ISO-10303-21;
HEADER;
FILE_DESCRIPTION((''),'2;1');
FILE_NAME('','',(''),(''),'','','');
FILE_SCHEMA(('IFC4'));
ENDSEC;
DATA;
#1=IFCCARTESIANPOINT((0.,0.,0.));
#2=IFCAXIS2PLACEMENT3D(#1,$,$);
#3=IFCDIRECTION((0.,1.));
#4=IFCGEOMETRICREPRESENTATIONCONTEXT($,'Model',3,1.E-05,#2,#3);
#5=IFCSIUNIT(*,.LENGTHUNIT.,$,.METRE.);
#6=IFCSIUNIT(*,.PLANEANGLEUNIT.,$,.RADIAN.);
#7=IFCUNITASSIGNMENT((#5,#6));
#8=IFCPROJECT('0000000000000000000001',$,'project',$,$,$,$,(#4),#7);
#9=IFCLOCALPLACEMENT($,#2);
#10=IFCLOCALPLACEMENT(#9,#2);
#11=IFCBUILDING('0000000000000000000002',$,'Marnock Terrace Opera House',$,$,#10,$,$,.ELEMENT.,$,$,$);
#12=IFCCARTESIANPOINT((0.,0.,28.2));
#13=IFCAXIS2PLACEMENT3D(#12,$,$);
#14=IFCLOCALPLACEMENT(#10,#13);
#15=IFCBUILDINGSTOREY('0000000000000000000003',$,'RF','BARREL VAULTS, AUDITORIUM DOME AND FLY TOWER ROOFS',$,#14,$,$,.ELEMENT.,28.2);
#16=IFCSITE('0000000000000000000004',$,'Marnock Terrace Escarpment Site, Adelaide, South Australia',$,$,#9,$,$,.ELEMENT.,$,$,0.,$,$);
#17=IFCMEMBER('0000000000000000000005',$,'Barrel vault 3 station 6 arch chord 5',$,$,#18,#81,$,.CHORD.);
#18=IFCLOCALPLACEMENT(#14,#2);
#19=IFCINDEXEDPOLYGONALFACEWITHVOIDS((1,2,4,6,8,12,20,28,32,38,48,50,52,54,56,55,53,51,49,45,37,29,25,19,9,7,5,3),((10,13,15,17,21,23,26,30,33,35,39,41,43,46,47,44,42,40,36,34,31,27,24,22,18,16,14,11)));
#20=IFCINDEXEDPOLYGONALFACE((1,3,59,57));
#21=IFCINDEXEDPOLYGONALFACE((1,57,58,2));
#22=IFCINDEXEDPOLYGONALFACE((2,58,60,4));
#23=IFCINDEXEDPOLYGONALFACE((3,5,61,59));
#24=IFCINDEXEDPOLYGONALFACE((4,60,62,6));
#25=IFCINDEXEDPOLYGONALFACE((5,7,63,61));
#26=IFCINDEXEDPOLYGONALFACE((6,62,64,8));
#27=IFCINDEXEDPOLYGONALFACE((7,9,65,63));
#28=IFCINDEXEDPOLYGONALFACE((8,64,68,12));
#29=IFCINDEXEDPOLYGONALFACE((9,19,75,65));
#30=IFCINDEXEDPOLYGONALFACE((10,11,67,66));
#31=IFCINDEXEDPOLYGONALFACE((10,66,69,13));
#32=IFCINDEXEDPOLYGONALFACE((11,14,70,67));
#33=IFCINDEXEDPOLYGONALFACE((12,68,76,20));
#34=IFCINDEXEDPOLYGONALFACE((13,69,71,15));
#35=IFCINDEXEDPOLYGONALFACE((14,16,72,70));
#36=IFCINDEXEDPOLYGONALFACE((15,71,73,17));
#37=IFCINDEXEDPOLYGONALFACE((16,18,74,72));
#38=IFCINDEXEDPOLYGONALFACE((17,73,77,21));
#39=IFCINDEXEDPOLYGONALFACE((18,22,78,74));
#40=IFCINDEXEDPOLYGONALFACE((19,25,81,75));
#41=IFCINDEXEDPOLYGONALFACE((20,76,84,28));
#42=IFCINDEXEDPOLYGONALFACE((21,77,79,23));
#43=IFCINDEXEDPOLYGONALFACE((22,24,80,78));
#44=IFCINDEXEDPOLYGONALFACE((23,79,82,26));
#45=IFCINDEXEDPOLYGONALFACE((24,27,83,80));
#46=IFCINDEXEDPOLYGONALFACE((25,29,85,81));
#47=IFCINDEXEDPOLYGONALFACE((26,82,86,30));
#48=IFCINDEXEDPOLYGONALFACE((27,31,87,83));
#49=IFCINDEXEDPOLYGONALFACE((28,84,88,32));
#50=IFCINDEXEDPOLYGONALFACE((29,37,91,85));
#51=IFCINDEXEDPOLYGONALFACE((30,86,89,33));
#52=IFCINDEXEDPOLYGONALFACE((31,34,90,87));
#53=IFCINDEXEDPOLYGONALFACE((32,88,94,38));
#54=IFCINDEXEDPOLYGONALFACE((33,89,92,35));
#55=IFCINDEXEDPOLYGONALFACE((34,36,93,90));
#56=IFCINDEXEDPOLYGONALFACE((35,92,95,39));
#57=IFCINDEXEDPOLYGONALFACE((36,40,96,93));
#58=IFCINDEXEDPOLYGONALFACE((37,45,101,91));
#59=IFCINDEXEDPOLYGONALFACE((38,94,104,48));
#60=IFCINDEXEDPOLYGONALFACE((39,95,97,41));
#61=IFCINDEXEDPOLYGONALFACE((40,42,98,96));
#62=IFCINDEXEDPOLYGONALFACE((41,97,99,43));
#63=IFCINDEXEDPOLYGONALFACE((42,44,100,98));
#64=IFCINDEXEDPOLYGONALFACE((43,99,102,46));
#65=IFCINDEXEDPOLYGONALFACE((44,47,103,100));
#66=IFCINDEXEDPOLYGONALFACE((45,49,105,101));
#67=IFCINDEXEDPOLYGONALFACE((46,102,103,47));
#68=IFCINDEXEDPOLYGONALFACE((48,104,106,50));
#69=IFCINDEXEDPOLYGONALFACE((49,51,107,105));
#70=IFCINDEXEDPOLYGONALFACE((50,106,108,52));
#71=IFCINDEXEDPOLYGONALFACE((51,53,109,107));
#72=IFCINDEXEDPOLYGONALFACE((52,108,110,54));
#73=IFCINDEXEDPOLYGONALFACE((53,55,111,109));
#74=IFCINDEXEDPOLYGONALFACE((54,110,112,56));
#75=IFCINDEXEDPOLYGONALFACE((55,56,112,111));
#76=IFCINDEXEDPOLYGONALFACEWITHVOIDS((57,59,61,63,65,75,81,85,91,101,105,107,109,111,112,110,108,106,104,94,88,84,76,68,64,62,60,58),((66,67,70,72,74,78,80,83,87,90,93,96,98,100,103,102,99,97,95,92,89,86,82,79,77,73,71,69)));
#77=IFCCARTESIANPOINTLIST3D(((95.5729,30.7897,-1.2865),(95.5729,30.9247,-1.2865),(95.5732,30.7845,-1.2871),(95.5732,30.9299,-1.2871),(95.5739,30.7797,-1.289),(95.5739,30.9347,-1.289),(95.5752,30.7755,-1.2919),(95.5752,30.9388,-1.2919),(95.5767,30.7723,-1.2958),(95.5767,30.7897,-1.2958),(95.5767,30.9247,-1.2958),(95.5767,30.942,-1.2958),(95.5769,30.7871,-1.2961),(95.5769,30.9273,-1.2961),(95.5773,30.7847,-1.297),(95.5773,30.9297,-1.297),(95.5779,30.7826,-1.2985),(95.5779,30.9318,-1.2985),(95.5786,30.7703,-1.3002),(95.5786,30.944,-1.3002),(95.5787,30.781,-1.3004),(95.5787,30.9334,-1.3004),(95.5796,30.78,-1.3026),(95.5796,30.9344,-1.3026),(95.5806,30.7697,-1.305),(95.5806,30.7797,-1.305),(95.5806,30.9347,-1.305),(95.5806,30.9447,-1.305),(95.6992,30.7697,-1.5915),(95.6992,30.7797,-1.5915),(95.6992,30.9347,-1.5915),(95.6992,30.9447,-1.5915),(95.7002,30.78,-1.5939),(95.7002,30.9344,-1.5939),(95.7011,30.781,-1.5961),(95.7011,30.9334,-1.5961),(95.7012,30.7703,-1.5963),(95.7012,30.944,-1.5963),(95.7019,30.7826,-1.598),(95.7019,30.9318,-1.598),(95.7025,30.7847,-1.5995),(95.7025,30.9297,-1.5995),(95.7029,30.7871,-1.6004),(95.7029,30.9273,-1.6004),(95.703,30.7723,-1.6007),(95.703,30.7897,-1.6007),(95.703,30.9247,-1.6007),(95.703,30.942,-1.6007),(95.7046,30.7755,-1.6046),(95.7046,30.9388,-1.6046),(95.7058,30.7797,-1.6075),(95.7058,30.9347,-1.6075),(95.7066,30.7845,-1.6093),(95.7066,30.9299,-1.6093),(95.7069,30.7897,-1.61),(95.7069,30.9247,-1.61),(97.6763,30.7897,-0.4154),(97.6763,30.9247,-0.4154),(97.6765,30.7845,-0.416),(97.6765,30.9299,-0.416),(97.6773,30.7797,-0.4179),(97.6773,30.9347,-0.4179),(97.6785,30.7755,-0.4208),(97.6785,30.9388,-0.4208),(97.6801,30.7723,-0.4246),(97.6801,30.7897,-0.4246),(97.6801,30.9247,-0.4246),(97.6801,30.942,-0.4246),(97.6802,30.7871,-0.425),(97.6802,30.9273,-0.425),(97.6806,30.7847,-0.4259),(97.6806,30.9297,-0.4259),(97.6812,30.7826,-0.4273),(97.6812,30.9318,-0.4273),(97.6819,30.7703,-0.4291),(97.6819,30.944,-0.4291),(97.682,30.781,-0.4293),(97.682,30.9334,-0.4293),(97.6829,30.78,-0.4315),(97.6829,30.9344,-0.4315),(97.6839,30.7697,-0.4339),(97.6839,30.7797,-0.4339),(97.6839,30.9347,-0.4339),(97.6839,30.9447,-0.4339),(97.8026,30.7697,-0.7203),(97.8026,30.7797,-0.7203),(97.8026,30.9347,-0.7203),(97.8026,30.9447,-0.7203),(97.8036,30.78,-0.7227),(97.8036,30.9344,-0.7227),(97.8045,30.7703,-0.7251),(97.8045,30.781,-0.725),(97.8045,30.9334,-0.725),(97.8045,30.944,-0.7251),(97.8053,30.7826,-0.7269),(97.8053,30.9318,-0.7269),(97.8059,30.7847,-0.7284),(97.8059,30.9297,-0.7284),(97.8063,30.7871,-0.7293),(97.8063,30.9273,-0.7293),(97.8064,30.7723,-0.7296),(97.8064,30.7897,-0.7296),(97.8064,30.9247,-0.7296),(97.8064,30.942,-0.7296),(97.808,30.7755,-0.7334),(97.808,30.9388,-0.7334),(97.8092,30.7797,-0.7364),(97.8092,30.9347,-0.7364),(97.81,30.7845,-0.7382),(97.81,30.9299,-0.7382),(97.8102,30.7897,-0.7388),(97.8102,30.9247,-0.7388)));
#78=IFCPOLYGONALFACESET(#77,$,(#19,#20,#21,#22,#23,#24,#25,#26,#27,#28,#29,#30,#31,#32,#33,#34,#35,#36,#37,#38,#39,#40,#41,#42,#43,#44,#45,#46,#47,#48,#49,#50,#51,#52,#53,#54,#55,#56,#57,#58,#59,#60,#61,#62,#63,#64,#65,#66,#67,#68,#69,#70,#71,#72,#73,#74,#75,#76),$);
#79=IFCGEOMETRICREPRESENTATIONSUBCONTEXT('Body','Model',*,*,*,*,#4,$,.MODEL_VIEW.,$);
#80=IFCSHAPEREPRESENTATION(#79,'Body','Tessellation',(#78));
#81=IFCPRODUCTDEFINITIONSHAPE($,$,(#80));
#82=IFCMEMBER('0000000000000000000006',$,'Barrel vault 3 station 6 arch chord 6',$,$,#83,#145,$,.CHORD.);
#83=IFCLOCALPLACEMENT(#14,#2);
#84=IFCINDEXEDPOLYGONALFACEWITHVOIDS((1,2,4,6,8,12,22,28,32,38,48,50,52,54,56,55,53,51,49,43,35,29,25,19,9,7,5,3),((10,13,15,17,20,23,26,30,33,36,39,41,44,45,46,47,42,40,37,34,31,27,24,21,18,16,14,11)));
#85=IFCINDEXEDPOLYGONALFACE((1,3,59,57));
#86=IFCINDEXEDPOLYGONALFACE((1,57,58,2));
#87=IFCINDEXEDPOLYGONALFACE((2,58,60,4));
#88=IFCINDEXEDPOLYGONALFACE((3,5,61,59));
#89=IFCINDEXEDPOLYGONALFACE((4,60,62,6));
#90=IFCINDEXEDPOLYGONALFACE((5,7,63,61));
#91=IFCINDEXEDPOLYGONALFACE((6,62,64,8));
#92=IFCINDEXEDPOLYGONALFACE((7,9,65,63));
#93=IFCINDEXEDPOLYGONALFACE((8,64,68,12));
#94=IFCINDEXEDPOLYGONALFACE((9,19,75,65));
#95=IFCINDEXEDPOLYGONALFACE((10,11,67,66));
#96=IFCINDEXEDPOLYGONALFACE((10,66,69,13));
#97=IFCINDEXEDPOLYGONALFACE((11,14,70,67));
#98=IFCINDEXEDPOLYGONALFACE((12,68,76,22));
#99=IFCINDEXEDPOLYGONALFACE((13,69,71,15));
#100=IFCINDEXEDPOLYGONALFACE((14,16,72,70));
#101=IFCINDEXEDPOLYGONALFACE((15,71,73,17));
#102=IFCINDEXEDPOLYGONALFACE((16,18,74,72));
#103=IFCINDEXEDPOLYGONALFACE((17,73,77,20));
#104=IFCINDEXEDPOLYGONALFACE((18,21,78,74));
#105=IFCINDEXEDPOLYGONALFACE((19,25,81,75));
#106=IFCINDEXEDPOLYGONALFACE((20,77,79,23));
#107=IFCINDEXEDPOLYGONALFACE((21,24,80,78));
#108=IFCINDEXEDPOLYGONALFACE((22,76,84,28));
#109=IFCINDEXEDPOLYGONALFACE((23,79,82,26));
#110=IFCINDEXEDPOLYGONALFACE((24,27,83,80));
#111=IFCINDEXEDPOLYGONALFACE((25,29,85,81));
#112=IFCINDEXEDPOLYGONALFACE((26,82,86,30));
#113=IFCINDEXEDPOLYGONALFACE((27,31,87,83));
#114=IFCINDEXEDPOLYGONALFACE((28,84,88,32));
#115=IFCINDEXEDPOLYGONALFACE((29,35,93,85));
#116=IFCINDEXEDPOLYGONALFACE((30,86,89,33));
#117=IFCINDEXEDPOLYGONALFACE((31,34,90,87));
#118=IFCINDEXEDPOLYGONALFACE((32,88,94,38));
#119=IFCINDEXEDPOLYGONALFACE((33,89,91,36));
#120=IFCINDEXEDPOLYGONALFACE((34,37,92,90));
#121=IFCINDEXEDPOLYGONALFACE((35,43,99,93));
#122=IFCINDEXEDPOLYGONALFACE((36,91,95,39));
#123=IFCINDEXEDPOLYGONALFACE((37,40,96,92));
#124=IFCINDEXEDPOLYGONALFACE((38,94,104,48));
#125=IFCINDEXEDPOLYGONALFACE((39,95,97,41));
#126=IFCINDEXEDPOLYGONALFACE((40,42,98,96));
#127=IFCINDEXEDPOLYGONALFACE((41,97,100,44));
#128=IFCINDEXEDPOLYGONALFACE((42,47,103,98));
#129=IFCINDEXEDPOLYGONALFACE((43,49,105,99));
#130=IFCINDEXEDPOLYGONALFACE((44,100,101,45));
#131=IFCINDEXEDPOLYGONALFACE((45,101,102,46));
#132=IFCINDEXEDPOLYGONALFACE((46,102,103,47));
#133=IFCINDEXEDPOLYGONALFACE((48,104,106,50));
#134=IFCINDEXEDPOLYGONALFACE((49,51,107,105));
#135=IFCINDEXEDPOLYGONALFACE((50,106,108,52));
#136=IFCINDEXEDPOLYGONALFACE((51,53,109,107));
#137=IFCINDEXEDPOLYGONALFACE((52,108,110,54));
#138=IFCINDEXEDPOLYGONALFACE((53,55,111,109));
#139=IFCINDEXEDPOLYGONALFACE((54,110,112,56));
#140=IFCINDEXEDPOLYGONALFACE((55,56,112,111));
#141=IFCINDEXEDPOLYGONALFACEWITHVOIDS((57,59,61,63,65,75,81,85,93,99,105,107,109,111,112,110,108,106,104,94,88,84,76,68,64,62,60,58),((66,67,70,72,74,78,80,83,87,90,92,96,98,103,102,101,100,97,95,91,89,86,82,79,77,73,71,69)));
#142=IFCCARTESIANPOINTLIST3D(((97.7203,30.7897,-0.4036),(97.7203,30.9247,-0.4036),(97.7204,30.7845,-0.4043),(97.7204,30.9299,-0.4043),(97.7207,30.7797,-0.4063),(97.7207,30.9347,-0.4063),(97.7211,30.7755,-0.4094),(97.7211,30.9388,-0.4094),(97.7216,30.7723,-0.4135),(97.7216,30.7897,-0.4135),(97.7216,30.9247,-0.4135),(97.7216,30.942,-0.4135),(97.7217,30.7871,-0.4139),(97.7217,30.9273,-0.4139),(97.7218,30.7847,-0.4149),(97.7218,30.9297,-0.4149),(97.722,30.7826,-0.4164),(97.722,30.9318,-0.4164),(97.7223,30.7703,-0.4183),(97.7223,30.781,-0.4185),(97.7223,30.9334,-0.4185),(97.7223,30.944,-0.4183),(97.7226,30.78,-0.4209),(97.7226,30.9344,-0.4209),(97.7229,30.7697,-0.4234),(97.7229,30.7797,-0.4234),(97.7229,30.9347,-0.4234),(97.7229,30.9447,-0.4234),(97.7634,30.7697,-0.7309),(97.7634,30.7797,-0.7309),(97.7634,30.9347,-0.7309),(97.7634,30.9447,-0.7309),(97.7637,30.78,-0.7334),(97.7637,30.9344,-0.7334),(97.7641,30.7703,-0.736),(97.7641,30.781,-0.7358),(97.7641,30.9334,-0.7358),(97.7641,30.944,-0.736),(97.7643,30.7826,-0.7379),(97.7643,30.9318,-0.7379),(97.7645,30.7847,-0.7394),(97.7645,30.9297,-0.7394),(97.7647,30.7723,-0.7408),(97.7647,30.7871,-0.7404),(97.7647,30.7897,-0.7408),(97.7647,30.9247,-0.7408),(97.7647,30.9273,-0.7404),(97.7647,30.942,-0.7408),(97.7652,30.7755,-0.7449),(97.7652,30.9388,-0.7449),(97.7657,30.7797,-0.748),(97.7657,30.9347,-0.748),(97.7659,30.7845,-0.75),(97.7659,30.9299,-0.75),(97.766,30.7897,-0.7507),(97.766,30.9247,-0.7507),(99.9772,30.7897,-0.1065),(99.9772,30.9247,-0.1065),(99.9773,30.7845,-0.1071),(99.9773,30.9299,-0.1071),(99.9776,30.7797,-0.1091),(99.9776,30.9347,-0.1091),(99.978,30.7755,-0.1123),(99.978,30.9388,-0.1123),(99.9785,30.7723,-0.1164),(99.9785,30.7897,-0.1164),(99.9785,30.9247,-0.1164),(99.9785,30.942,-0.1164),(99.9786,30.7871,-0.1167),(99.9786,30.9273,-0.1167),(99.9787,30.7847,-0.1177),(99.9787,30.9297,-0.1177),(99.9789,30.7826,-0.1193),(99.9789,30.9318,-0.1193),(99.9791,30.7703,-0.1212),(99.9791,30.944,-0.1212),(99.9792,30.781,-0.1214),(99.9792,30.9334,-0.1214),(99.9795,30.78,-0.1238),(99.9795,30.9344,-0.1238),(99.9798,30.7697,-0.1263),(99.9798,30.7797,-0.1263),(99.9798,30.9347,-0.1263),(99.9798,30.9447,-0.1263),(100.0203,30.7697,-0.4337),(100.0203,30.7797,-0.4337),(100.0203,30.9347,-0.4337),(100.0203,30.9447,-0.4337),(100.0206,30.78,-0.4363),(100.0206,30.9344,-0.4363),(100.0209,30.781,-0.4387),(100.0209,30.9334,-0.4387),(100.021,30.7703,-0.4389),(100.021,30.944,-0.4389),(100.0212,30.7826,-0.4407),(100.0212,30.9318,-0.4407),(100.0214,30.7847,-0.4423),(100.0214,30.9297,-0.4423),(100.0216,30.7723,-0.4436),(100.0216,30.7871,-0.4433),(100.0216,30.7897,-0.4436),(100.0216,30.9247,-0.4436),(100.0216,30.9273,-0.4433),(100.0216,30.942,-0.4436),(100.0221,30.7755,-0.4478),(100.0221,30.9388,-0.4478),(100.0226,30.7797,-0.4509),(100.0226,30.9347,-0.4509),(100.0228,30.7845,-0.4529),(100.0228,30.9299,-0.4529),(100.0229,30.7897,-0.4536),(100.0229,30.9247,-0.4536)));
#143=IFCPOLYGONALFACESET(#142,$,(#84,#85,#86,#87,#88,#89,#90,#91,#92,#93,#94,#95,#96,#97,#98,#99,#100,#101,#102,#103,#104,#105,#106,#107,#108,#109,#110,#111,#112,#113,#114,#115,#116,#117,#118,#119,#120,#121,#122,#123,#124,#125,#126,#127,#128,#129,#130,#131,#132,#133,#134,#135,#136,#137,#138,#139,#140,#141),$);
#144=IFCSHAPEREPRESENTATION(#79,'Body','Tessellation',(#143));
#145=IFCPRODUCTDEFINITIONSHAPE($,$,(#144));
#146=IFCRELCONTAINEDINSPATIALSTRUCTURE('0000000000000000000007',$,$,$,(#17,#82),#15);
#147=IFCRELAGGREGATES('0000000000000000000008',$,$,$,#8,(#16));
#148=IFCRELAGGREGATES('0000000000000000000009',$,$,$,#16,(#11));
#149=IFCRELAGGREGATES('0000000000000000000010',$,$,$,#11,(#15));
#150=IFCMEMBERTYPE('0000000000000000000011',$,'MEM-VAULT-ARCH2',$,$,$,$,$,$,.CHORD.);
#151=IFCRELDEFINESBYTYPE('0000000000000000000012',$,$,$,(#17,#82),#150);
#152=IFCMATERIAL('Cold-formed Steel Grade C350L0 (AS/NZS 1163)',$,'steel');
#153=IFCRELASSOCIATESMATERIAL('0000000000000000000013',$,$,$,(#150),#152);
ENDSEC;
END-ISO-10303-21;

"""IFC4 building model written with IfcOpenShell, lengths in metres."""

from ifc_helpers import new_model, si_unit, direction, frame, origin, origin_2d, place, context, subcontext, project, spatial, hollow_rectangle, extrude, material, material_profile, profile_set, type_object, element, save


model = new_model("IFC4")

# Units and contexts
model_context = context("Model", 3, precision=1e-05, world=origin(), true_north=direction((0.0, 1.0)))
body_context = subcontext(model_context, "Body", "Model", "MODEL_VIEW")
ifc_project = project(units=[si_unit("LENGTHUNIT", "METRE"), si_unit("PLANEANGLEUNIT", "RADIAN")], contexts=[model_context])

# Site, building, storey
site_placement = place(None, origin())
site = spatial("IfcSite", under=ifc_project, at=site_placement, Name="Marnock Terrace Escarpment Site, Adelaide, South Australia", CompositionType="ELEMENT", RefElevation=0.0)
building_placement = place(site_placement, origin())
building = spatial("IfcBuilding", under=site, at=building_placement, Name="Marnock Terrace Opera House", CompositionType="ELEMENT")
storey_placement = place(building_placement, frame((0.0, 0.0, 28.2)))
storey = spatial("IfcBuildingStorey", under=building, at=storey_placement, Name="RF", Description="BARREL VAULTS, AUDITORIUM DOME AND FLY TOWER ROOFS", CompositionType="ELEMENT", Elevation=28.2)

# Members
ifc_material = material(Name="Cold-formed Steel Grade C350L0 (AS/NZS 1163)", Category="steel")
ifc_material_profile_1 = material_profile(ifc_material, hollow_rectangle(XDim=0.175, YDim=0.3501, WallThickness=0.01, InnerFilletRadius=0.01, OuterFilletRadius=0.02, at=origin_2d()))
ifc_profile_set_1 = profile_set([ifc_material_profile_1], Name="Cold-formed Steel Grade C350L0 (AS/NZS 1163)")
member_type_1 = type_object("IfcMemberType", Name="MEM-VAULT-ARCH2", PredefinedType="CHORD", material=ifc_profile_set_1)
member_1_placement = place(storey_placement, frame((95.6399, 30.8572, -1.4482), z_axis=(0.923897, 0.0, 0.382642), x_axis=(0.0, 1.0, 0.0)))
element("IfcMember", 1, at=member_1_placement, inside=storey, type_object=member_type_1, Name="Barrel vault 3 station 6 arch chord 5", PredefinedType="CHORD", context=body_context, shape_type="SweptSolid", body=[
    extrude(hollow_rectangle(XDim=0.175, YDim=0.3501, WallThickness=0.01, InnerFilletRadius=0.01, OuterFilletRadius=0.02, at=origin_2d()), origin(), (0.0, 0.0, 1.0), 2.2766),
])
for number, where, z_axis, x_axis, name in (
    (2, (97.7432, 30.8572, -0.5771), (0.991445, 0.0, 0.130527), (0.0, 1.0, 0.0), "Barrel vault 3 station 6 arch chord 6"),
):
    element("IfcMember", number, at=place(storey_placement, frame(where, z_axis=z_axis, x_axis=x_axis)), inside=storey, type_object=member_type_1, Name=name, PredefinedType="CHORD", context=body_context, shape_type="SweptSolid", body=[
        extrude(hollow_rectangle(XDim=0.175, YDim=0.3501, WallThickness=0.01, InnerFilletRadius=0.01, OuterFilletRadius=0.02, at=origin_2d()), origin(), (0.0, 0.0, 1.0), 2.2764),
    ])

save(model, "model.ifc")
